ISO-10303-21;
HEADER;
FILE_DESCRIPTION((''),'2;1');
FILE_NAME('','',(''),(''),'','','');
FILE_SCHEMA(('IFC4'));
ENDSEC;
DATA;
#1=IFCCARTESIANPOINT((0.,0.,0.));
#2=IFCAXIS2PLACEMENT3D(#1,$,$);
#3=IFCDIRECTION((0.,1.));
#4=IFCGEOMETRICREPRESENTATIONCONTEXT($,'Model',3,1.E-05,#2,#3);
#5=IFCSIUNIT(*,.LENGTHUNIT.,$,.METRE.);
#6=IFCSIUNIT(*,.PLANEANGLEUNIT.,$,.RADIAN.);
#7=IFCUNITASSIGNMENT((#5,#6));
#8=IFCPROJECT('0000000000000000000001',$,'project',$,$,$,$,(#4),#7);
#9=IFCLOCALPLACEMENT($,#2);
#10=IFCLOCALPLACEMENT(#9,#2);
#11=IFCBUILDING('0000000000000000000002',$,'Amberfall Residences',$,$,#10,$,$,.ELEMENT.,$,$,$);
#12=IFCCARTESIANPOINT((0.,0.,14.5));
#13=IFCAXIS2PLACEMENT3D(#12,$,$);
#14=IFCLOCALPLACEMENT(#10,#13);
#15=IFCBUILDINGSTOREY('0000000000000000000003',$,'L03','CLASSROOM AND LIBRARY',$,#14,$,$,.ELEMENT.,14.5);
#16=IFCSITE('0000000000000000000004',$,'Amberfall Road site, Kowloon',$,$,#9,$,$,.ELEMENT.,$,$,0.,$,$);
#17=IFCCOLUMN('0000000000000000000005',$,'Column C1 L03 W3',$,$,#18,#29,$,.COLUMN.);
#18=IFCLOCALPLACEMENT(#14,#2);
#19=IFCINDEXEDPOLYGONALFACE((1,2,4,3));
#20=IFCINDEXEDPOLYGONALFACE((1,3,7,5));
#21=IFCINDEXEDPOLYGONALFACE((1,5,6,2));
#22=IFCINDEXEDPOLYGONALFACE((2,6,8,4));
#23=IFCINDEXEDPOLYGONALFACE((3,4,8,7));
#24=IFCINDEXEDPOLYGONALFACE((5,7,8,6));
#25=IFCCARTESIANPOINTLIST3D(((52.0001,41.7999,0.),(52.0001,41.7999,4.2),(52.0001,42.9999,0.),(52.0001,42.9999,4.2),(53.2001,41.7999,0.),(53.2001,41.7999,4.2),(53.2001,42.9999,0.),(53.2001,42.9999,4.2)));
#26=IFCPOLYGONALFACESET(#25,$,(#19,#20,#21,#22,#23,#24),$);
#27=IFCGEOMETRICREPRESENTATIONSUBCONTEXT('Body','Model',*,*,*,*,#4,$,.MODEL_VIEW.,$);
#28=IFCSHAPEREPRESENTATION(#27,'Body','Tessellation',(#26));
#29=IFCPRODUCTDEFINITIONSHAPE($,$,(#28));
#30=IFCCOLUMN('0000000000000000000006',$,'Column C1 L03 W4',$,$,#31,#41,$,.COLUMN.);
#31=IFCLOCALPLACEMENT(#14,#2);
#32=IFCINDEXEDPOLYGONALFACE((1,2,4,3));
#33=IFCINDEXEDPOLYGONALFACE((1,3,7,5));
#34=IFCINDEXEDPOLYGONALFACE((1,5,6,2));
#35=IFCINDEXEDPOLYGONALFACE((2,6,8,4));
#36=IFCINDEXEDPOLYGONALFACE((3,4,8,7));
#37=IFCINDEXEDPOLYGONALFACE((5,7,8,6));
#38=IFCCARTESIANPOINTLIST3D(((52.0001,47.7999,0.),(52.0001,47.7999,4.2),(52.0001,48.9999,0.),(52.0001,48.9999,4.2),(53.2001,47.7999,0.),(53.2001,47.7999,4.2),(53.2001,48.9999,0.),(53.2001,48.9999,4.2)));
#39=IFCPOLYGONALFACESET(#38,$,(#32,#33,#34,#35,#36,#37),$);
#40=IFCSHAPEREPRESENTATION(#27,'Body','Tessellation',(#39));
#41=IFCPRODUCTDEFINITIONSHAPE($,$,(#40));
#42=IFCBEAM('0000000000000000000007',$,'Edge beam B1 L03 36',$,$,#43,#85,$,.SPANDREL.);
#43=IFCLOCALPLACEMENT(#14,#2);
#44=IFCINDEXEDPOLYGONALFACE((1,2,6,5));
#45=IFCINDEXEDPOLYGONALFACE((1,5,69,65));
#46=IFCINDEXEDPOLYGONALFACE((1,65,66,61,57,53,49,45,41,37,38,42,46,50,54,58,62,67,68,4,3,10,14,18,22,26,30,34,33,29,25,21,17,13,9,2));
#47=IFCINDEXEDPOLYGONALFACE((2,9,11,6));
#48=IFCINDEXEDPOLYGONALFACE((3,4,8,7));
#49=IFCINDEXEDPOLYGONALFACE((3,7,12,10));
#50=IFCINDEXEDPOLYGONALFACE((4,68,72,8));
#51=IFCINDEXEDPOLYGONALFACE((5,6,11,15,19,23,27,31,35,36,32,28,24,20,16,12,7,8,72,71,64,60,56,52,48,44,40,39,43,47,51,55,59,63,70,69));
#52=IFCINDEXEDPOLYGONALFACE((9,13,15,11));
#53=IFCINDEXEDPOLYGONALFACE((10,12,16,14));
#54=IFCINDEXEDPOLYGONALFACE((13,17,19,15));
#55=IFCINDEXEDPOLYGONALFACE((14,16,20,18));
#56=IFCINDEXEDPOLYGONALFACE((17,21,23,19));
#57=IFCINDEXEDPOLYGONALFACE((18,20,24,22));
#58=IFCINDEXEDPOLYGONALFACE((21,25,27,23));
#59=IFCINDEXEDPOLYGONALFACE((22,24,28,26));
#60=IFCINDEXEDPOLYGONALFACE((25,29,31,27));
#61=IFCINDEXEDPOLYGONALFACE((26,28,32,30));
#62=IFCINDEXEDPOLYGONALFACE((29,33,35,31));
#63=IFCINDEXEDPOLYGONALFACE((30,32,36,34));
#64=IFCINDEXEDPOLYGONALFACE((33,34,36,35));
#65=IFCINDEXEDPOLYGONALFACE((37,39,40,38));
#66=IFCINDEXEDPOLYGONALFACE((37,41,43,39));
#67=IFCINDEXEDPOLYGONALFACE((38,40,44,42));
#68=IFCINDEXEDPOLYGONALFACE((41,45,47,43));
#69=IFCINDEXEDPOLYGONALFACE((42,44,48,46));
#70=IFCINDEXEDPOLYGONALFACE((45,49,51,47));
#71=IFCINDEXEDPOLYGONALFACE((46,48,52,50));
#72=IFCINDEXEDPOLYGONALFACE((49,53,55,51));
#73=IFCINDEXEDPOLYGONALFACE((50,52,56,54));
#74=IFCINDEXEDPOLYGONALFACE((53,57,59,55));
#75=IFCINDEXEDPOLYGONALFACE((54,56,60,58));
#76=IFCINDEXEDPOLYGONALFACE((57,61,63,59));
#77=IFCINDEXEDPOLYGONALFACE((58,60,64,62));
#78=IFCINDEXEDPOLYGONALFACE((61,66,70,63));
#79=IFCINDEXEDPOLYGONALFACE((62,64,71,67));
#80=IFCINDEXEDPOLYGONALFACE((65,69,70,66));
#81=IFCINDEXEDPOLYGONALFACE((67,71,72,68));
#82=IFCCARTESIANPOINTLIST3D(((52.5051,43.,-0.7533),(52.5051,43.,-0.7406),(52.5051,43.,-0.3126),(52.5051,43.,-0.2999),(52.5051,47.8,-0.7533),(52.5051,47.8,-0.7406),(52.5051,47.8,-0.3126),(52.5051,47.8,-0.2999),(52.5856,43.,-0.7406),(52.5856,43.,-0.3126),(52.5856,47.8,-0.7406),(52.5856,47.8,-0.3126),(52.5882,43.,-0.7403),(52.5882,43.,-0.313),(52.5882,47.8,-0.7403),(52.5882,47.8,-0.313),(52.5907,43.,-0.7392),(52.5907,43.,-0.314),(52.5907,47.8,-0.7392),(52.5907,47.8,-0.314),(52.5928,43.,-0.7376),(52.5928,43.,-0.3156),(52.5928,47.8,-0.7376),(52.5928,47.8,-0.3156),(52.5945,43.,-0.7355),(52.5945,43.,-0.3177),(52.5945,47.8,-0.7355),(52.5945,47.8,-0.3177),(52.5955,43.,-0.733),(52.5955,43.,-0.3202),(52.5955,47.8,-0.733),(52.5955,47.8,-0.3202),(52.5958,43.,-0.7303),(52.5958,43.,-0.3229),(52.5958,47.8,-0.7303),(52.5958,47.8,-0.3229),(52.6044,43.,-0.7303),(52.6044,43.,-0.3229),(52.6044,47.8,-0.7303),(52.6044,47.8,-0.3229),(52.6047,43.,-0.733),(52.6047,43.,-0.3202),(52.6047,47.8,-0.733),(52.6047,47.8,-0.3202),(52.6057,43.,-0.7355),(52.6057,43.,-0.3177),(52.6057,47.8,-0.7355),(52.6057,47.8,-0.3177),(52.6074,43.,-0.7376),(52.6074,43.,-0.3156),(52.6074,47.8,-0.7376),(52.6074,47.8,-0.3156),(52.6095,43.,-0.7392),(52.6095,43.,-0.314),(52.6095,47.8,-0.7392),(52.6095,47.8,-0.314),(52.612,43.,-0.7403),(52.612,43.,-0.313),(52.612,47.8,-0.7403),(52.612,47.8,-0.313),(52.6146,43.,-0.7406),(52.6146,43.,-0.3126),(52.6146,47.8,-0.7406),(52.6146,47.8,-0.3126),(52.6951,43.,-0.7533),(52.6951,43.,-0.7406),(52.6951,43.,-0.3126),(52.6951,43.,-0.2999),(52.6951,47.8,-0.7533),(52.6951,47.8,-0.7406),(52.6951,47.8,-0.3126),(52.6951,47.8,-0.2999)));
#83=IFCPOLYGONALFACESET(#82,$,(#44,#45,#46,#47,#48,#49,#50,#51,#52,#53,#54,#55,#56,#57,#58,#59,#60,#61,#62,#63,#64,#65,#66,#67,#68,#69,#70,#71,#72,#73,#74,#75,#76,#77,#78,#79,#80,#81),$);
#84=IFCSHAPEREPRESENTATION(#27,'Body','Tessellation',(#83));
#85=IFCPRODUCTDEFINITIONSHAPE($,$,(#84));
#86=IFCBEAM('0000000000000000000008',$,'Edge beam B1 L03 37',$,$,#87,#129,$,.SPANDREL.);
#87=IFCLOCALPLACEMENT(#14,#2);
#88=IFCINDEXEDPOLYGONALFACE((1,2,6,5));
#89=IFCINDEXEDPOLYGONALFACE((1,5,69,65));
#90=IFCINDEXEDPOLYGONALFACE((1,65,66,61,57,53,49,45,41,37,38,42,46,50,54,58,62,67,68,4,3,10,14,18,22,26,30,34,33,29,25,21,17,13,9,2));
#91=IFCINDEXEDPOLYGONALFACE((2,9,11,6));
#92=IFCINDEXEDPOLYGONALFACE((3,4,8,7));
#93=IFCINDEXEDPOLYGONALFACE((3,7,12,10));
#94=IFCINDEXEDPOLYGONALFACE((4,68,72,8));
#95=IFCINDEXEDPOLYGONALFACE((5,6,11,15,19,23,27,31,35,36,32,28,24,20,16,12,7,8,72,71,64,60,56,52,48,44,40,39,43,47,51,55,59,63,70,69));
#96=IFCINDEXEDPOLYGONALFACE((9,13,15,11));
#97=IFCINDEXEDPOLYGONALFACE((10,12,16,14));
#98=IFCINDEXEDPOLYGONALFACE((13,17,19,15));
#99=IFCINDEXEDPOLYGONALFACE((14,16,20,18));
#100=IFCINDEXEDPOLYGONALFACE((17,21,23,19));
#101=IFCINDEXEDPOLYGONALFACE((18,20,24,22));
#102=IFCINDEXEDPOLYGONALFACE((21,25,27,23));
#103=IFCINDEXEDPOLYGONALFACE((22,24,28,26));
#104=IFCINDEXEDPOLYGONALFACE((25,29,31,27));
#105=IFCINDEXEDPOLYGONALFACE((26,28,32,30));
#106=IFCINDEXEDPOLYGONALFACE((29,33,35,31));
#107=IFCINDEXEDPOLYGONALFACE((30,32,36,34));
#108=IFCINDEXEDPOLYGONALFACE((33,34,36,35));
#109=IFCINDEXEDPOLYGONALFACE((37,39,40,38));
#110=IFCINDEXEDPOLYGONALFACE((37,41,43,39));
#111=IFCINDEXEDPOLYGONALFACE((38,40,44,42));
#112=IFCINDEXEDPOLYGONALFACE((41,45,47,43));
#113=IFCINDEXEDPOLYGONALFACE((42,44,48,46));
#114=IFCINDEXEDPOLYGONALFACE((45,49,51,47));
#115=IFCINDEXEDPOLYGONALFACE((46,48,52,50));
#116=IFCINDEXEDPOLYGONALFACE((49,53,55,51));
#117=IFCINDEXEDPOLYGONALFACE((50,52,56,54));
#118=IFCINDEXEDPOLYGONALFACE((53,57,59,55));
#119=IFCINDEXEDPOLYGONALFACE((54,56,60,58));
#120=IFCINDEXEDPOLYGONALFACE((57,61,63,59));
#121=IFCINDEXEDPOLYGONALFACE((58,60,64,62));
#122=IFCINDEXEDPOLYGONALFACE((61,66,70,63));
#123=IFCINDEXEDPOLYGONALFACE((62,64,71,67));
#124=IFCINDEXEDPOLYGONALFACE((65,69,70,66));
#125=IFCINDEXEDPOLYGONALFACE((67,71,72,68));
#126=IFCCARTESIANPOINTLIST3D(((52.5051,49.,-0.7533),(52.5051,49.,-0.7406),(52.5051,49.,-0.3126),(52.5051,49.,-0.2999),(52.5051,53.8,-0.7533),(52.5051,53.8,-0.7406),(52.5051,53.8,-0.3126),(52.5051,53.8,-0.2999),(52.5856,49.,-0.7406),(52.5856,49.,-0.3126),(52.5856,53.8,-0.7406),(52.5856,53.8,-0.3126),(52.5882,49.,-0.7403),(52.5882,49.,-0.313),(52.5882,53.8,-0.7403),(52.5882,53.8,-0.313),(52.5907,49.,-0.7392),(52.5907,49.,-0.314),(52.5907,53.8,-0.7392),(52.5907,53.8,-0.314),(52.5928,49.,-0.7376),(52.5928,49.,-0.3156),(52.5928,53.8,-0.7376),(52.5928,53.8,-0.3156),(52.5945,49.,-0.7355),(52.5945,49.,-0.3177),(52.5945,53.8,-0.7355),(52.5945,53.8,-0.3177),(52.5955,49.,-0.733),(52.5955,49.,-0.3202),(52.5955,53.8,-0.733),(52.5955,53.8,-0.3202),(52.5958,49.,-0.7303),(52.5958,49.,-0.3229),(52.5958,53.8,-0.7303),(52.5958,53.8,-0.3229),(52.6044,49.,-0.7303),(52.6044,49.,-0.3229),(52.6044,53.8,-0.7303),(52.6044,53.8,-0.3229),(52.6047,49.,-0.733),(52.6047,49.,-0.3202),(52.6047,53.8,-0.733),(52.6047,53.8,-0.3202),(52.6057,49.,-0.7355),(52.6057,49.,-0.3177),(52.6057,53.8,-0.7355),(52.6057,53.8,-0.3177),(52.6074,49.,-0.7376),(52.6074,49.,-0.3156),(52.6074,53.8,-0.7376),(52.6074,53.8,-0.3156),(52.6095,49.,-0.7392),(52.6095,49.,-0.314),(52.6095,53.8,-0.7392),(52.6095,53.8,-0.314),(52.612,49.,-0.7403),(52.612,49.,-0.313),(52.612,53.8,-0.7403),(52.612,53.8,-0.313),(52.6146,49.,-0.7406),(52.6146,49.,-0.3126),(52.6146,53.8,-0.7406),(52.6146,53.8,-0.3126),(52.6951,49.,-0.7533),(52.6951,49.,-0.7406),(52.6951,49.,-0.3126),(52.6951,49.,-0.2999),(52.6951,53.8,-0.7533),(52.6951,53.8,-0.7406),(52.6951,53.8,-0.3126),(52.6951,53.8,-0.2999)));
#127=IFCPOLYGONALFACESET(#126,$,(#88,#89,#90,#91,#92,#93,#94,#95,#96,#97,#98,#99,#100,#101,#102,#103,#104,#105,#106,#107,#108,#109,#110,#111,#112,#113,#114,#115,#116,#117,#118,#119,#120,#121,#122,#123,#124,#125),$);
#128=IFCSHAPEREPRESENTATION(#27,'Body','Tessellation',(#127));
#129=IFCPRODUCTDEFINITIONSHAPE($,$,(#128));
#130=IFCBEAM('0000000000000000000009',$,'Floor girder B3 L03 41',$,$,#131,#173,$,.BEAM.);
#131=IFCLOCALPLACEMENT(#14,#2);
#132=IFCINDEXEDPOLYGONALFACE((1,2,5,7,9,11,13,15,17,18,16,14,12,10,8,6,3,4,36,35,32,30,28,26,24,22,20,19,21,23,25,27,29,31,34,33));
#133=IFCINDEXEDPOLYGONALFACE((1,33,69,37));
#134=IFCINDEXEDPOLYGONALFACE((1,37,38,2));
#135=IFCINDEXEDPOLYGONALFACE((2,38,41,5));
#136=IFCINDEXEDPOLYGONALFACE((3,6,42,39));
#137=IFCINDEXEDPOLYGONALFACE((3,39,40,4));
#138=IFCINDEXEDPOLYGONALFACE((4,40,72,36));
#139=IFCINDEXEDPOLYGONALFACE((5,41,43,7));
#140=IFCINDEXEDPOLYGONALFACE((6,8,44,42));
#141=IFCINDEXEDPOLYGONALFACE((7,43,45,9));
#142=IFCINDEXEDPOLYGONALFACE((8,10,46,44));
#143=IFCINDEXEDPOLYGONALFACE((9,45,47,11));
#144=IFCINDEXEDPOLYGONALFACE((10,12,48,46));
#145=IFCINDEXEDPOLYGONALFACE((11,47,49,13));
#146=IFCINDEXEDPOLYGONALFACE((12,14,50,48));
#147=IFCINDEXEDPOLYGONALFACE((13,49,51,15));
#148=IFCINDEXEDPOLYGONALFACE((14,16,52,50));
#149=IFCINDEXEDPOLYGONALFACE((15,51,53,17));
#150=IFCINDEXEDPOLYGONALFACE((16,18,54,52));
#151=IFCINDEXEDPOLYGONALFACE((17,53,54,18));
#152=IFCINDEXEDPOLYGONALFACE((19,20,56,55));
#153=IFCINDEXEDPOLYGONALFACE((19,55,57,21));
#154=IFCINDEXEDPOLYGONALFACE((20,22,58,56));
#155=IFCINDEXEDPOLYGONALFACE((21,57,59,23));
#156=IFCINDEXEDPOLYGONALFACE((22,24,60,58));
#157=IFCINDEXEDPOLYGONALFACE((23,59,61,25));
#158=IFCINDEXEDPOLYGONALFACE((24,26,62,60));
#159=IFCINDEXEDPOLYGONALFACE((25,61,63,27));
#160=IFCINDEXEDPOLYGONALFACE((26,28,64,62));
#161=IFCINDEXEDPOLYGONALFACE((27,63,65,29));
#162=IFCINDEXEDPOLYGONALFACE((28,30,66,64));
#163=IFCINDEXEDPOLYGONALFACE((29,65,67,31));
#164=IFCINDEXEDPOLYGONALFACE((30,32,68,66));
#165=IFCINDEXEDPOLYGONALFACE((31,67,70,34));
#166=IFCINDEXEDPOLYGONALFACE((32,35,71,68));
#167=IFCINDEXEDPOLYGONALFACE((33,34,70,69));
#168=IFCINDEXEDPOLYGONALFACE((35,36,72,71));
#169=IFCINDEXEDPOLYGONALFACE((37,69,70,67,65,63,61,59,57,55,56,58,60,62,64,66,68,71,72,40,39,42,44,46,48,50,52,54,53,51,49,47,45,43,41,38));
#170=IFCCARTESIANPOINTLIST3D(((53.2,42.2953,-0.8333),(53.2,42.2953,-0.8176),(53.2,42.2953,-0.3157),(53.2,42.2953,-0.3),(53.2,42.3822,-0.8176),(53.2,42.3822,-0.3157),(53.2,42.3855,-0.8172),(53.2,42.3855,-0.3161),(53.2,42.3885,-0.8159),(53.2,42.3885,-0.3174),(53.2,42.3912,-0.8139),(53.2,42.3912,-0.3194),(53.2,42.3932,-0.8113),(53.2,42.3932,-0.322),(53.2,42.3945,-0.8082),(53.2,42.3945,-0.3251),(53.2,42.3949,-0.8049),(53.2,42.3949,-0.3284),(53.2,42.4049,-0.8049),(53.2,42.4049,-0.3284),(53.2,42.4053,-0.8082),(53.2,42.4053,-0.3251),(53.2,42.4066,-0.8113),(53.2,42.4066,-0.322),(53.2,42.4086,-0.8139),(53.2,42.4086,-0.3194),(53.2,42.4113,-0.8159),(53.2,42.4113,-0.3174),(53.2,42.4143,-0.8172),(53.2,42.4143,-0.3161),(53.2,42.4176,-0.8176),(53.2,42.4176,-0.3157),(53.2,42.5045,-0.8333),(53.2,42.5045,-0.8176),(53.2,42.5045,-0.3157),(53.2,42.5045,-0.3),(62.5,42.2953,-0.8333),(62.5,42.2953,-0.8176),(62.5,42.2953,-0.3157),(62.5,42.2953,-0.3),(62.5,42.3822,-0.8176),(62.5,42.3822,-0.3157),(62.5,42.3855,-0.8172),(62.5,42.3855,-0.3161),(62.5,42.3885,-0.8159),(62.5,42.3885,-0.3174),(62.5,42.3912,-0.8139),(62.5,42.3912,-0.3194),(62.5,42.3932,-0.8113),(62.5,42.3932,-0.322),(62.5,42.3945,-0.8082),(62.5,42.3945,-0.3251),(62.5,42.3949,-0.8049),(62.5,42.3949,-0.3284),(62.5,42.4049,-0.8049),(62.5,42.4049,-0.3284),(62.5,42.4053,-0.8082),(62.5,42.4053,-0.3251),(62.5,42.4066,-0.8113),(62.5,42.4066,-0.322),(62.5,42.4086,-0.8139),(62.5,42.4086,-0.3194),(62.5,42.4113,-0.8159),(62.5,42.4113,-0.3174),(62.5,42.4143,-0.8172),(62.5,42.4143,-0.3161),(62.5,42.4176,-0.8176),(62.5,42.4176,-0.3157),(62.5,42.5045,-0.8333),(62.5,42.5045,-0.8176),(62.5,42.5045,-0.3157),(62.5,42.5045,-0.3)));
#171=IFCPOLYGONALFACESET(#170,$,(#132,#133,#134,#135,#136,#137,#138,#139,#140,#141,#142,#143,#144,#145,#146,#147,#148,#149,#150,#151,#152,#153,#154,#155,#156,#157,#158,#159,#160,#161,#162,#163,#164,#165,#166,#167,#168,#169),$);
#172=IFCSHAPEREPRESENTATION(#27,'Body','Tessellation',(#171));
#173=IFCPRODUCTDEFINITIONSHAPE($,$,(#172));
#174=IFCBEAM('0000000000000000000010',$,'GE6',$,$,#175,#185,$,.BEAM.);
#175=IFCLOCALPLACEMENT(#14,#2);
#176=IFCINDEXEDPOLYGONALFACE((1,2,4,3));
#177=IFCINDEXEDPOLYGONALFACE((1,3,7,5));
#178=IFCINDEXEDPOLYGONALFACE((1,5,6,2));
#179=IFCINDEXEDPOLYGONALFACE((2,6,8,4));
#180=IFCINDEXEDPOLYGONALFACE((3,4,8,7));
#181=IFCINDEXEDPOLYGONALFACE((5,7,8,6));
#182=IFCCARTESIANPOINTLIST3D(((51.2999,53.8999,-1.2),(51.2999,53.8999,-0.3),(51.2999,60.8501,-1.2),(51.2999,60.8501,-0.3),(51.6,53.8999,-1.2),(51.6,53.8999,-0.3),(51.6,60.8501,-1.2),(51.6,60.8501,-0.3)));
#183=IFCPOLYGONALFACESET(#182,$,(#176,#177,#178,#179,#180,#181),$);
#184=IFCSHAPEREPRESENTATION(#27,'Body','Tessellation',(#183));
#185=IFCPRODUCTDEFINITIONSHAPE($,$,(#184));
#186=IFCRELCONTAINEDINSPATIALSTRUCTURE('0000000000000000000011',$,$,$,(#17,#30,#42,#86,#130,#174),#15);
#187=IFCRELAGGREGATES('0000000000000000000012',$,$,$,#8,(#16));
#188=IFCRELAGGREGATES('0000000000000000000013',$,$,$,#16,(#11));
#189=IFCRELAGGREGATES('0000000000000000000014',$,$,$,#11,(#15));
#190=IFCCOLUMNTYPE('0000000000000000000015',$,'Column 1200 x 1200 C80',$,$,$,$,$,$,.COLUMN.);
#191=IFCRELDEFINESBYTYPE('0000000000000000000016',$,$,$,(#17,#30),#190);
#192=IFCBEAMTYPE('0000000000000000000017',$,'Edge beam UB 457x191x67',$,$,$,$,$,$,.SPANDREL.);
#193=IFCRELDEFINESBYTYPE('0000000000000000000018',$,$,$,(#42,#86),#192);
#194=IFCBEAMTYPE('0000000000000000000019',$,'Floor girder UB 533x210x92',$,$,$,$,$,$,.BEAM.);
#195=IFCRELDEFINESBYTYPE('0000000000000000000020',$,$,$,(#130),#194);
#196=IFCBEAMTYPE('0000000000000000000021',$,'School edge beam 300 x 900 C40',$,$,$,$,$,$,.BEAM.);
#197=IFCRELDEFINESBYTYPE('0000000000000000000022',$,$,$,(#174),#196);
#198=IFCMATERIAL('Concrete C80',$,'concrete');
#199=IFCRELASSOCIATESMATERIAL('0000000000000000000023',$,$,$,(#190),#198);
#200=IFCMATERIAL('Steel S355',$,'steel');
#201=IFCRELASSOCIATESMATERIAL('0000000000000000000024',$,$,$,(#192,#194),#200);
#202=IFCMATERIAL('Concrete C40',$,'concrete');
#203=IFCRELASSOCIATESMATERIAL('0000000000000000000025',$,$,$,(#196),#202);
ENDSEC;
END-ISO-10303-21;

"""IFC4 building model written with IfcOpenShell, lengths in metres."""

from ifc_helpers import new_model, si_unit, direction, frame, origin, origin_2d, place, context, subcontext, project, spatial, rectangle, i_section, extrude, material, material_profile, profile_set, type_object, element, save


model = new_model("IFC4")

# Units and contexts
model_context = context("Model", 3, precision=1e-05, world=origin(), true_north=direction((0.0, 1.0)))
body_context = subcontext(model_context, "Body", "Model", "MODEL_VIEW")
ifc_project = project(units=[si_unit("LENGTHUNIT", "METRE"), si_unit("PLANEANGLEUNIT", "RADIAN")], contexts=[model_context])

# Site, building, storey
site_placement = place(None, origin())
site = spatial("IfcSite", under=ifc_project, at=site_placement, Name="Amberfall Road site, Kowloon", CompositionType="ELEMENT", RefElevation=0.0)
building_placement = place(site_placement, origin())
building = spatial("IfcBuilding", under=site, at=building_placement, Name="Amberfall Residences", CompositionType="ELEMENT")
storey_placement = place(building_placement, frame((0.0, 0.0, 14.5)))
storey = spatial("IfcBuildingStorey", under=building, at=storey_placement, Name="L03", Description="CLASSROOM AND LIBRARY", CompositionType="ELEMENT", Elevation=14.5)

# Columns
ifc_material_1 = material(Name="Concrete C80", Category="concrete")
ifc_material_profile_1 = material_profile(ifc_material_1, rectangle(XDim=1.2, YDim=1.2, at=origin_2d()), Name="Column 1200 x 1200 C80")
ifc_profile_set_1 = profile_set([ifc_material_profile_1], Name="Concrete C80")
column_type = type_object("IfcColumnType", Name="Column 1200 x 1200 C80", PredefinedType="COLUMN", material=ifc_profile_set_1)
for number, where, z_axis, x_axis, name in (
    (1, (52.6001, 42.3999, 0.0), (0.0, 0.0, 1.0), (1.0, 0.0, 0.0), "Column C1 L03 W3"),
    (2, (52.6001, 48.3999, 0.0), (0.0, 0.0, 1.0), (1.0, 0.0, 0.0), "Column C1 L03 W4"),
):
    element("IfcColumn", number, at=place(storey_placement, frame(where, z_axis=z_axis, x_axis=x_axis)), inside=storey, type_object=column_type, Name=name, PredefinedType="COLUMN", context=body_context, shape_type="SweptSolid", body=[
        extrude(rectangle(XDim=1.2, YDim=1.2, at=origin_2d()), origin(), (0.0, 0.0, 1.0), 4.2),
    ])

# Beams
ifc_material_2 = material(Name="Steel S355", Category="steel")
ifc_material_profile_2 = material_profile(ifc_material_2, i_section(OverallWidth=0.1899, OverallDepth=0.4534, WebThickness=0.0085, FlangeThickness=0.0127, FilletRadius=0.0103, at=origin_2d()), Name="UB 457x191x67")
ifc_profile_set_2 = profile_set([ifc_material_profile_2], Name="Steel S355")
beam_type_1 = type_object("IfcBeamType", Name="Edge beam UB 457x191x67", PredefinedType="SPANDREL", material=ifc_profile_set_2)
for number, where, z_axis, x_axis, name in (
    (3, (52.6001, 43.0, -0.5266), (0.0, 1.0, 0.0), (-1.0, 0.0, 0.0), "Edge beam B1 L03 36"),
    (4, (52.6001, 49.0, -0.5266), (0.0, 1.0, 0.0), (-1.0, 0.0, 0.0), "Edge beam B1 L03 37"),
):
    element("IfcBeam", number, at=place(storey_placement, frame(where, z_axis=z_axis, x_axis=x_axis)), inside=storey, type_object=beam_type_1, Name=name, PredefinedType="SPANDREL", context=body_context, shape_type="SweptSolid", body=[
        extrude(i_section(OverallWidth=0.1899, OverallDepth=0.4534, WebThickness=0.0085, FlangeThickness=0.0127, FilletRadius=0.0103, at=origin_2d()), origin(), (0.0, 0.0, 1.0), 4.8),
    ])
ifc_material_profile_3 = material_profile(ifc_material_2, i_section(OverallWidth=0.2092, OverallDepth=0.5332, WebThickness=0.01, FlangeThickness=0.0156, FilletRadius=0.0127, at=origin_2d()), Name="UB 533x210x92")
ifc_profile_set_3 = profile_set([ifc_material_profile_3], Name="Steel S355")
beam_type_2 = type_object("IfcBeamType", Name="Floor girder UB 533x210x92", PredefinedType="BEAM", material=ifc_profile_set_3)
beam_1_placement = place(storey_placement, frame((53.2, 42.3999, -0.5667), z_axis=(1.0, 0.0, 0.0), x_axis=(0.0, 1.0, 0.0)))
element("IfcBeam", 5, at=beam_1_placement, inside=storey, type_object=beam_type_2, Name="Floor girder B3 L03 41", PredefinedType="BEAM", context=body_context, shape_type="SweptSolid", body=[
    extrude(i_section(OverallWidth=0.2092, OverallDepth=0.5332, WebThickness=0.01, FlangeThickness=0.0156, FilletRadius=0.0127, at=origin_2d()), origin(), (0.0, 0.0, 1.0), 9.3),
])
ifc_material_3 = material(Name="Concrete C40", Category="concrete")
ifc_material_profile_4 = material_profile(ifc_material_3, rectangle(XDim=0.3, YDim=0.8999, at=origin_2d()), Name="School edge beam 300 x 900 C40")
ifc_profile_set_4 = profile_set([ifc_material_profile_4], Name="Concrete C40")
beam_type_3 = type_object("IfcBeamType", Name="School edge beam 300 x 900 C40", PredefinedType="BEAM", material=ifc_profile_set_4)
beam_2_placement = place(storey_placement, frame((51.45, 53.8999, -0.75), z_axis=(0.0, 1.0, 0.0), x_axis=(-1.0, 0.0, 0.0)))
element("IfcBeam", 6, at=beam_2_placement, inside=storey, type_object=beam_type_3, Name="GE6", PredefinedType="BEAM", context=body_context, shape_type="SweptSolid", body=[
    extrude(rectangle(XDim=0.3, YDim=0.8999, at=origin_2d()), origin(), (0.0, 0.0, 1.0), 6.9502),
])

save(model, "model.ifc")
